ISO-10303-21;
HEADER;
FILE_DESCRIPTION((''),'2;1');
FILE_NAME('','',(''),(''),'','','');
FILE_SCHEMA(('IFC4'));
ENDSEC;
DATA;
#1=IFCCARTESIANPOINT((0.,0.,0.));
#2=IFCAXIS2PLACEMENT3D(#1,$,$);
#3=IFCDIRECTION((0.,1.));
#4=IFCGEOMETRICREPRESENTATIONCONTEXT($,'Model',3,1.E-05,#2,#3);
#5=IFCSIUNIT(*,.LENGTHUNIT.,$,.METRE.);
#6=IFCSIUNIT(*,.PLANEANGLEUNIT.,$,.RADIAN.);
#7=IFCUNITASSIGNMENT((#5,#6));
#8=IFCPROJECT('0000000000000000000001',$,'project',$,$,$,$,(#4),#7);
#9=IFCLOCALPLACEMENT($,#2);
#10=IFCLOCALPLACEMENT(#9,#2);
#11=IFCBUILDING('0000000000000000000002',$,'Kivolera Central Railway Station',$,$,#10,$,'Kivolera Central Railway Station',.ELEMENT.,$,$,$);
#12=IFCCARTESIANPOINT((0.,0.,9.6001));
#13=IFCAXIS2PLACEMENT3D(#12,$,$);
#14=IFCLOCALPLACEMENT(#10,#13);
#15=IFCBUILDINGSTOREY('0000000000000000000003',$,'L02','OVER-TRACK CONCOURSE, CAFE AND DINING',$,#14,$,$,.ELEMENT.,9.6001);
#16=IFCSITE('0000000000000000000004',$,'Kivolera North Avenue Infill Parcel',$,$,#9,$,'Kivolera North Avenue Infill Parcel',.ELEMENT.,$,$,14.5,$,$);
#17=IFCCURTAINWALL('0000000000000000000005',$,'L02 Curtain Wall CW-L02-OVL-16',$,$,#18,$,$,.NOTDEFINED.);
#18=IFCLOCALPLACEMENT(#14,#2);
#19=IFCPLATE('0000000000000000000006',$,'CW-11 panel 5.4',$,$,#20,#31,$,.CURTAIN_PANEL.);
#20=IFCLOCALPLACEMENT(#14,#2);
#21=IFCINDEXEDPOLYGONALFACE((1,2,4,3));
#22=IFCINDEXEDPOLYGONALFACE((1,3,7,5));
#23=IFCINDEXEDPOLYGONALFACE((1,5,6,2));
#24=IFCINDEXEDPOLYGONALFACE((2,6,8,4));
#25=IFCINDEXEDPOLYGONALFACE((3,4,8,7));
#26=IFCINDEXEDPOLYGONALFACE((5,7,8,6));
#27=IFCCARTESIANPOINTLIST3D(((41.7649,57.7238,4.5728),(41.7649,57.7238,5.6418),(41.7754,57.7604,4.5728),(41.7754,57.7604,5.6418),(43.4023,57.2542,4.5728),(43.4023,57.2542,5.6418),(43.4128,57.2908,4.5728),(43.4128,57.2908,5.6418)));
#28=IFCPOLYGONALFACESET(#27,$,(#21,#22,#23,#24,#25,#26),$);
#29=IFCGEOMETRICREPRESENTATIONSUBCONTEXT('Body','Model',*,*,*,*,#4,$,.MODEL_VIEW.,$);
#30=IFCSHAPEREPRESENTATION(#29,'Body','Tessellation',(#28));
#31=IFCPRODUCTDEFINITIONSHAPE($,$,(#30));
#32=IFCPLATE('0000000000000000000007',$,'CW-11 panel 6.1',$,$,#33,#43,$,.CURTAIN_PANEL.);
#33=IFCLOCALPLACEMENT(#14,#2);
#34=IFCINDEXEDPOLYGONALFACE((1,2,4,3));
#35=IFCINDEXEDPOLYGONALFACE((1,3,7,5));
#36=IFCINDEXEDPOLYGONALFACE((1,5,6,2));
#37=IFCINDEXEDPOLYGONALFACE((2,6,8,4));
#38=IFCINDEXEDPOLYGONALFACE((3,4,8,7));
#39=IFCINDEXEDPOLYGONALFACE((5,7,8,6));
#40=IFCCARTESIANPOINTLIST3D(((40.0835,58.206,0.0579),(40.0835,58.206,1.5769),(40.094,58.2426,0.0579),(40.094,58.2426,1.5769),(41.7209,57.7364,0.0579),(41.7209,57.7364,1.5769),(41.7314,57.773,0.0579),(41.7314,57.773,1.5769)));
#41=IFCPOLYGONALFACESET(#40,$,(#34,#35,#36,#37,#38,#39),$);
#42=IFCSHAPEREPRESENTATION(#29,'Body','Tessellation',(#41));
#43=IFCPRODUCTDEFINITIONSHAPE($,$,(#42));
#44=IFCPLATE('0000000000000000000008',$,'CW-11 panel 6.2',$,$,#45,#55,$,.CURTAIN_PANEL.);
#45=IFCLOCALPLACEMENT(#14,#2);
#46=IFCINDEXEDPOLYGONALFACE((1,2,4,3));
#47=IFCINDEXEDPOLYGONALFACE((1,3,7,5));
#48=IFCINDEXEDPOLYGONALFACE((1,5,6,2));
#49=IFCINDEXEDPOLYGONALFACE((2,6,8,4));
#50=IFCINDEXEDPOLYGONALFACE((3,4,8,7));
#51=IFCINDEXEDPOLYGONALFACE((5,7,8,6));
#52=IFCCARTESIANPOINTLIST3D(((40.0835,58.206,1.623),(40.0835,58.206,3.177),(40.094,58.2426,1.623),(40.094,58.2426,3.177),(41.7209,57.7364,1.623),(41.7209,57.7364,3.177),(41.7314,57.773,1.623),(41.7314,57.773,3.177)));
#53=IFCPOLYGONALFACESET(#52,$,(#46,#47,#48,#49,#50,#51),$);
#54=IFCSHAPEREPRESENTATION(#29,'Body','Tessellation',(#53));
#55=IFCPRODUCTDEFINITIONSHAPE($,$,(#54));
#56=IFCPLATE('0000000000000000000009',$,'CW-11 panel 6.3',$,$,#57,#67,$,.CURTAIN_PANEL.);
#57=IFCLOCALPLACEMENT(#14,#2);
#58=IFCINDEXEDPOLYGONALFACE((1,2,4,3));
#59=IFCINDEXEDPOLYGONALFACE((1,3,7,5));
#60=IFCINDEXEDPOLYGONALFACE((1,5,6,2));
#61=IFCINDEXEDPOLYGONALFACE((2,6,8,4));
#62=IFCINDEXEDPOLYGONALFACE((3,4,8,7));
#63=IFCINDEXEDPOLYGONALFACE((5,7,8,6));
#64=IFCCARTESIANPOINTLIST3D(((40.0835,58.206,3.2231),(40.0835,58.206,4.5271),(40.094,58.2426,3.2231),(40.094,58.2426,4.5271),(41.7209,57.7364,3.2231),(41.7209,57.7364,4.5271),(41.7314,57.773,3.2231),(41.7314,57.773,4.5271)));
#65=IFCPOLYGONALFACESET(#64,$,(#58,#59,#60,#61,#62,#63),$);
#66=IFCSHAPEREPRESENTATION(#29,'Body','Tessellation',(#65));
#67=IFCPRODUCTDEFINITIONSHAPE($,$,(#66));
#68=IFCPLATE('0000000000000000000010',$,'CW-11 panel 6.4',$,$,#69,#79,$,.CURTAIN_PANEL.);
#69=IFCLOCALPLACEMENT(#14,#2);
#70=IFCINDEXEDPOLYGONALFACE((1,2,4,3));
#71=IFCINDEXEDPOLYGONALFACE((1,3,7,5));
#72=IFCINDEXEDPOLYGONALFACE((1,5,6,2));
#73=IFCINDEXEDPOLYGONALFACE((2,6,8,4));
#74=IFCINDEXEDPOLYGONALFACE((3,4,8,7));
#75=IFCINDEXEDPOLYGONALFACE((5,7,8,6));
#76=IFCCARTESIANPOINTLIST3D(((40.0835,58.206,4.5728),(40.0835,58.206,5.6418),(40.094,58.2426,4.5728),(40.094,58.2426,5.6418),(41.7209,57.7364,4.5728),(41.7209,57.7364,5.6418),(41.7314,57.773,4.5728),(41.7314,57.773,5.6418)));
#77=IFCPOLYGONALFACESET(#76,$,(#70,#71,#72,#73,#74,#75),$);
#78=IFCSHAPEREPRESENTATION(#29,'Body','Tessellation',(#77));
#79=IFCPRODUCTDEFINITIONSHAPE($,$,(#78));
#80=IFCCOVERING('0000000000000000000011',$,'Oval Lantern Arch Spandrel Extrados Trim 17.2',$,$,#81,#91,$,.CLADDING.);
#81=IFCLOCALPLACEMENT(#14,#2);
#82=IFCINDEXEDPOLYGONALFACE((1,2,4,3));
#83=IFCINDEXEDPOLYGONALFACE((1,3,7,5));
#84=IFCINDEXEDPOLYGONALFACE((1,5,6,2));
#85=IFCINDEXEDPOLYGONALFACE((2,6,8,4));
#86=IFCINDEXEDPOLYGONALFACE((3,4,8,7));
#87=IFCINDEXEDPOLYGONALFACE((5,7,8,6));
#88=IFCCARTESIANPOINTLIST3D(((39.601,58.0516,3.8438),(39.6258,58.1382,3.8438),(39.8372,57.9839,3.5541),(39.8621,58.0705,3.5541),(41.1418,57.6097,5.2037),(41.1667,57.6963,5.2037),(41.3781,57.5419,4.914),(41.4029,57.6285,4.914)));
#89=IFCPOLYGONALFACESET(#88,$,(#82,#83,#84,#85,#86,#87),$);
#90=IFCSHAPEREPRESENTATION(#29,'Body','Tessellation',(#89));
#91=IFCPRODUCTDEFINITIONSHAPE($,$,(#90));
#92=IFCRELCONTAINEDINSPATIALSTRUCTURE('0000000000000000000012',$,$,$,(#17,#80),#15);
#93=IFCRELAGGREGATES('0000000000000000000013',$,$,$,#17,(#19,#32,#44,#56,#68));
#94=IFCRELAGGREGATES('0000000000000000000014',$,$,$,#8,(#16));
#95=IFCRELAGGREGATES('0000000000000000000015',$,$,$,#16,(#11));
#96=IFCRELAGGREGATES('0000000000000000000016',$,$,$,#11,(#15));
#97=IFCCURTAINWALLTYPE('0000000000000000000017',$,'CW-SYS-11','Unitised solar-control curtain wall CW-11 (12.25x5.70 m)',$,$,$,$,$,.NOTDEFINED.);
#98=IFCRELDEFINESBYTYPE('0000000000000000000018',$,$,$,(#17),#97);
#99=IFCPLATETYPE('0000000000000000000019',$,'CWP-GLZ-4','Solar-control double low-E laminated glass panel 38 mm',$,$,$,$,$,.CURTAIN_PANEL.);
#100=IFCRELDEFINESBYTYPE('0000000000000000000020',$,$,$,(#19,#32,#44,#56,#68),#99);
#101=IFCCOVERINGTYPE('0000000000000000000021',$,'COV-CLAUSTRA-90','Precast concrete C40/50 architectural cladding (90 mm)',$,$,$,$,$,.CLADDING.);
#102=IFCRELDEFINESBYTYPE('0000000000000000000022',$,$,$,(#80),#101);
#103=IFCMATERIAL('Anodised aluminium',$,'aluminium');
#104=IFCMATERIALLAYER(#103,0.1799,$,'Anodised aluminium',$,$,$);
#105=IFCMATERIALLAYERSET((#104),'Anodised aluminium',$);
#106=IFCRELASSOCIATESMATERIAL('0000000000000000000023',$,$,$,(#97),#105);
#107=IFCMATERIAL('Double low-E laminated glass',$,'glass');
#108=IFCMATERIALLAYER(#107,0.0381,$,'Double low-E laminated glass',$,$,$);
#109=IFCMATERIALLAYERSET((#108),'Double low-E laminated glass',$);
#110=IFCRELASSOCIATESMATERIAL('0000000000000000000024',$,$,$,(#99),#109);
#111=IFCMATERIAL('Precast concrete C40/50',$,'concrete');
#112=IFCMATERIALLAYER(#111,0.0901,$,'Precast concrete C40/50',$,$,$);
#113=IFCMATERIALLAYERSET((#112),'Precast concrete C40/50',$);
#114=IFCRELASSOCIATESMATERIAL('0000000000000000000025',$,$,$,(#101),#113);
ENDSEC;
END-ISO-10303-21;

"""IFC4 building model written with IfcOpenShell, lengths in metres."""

from ifc_helpers import new_model, si_unit, direction, frame, origin, origin_2d, place, context, subcontext, project, spatial, rectangle, extrude, material, layer, layer_set, type_object, element, aggregate, save


model = new_model("IFC4")

# Units and contexts
model_context = context("Model", 3, precision=1e-05, world=origin(), true_north=direction((0.0, 1.0)))
body_context = subcontext(model_context, "Body", "Model", "MODEL_VIEW")
ifc_project = project(units=[si_unit("LENGTHUNIT", "METRE"), si_unit("PLANEANGLEUNIT", "RADIAN")], contexts=[model_context])

# Site, building, storey
site_placement = place(None, origin())
site = spatial("IfcSite", under=ifc_project, at=site_placement, Name="Kivolera North Avenue Infill Parcel", LongName="Kivolera North Avenue Infill Parcel", CompositionType="ELEMENT", RefElevation=14.5)
building_placement = place(site_placement, origin())
building = spatial("IfcBuilding", under=site, at=building_placement, Name="Kivolera Central Railway Station", LongName="Kivolera Central Railway Station", CompositionType="ELEMENT")
storey_placement = place(building_placement, frame((0.0, 0.0, 9.6001)))
storey = spatial("IfcBuildingStorey", under=building, at=storey_placement, Name="L02", Description="OVER-TRACK CONCOURSE, CAFE AND DINING", CompositionType="ELEMENT", Elevation=9.6001)

# Curtain wall
ifc_material_1 = material(Name="Anodised aluminium", Category="aluminium")
ifc_layer_1 = layer(ifc_material_1, 0.1799, Name="Anodised aluminium")
ifc_layer_set_1 = layer_set([ifc_layer_1], Name="Anodised aluminium")
curtain_wall_type = type_object("IfcCurtainWallType", Name="CW-SYS-11", Description="Unitised solar-control curtain wall CW-11 (12.25x5.70 m)", PredefinedType="NOTDEFINED", material=ifc_layer_set_1)
curtain_wall_placement = place(storey_placement, origin())
curtain_wall = element("IfcCurtainWall", 1, at=curtain_wall_placement, inside=storey, type_object=curtain_wall_type, Name="L02 Curtain Wall CW-L02-OVL-16", PredefinedType="NOTDEFINED")

# Plates
ifc_material_2 = material(Name="Double low-E laminated glass", Category="glass")
ifc_layer_2 = layer(ifc_material_2, 0.0381, Name="Double low-E laminated glass")
ifc_layer_set_2 = layer_set([ifc_layer_2], Name="Double low-E laminated glass")
plate_type = type_object("IfcPlateType", Name="CWP-GLZ-4", Description="Solar-control double low-E laminated glass panel 38 mm", PredefinedType="CURTAIN_PANEL", material=ifc_layer_set_2)
plate_1_placement = place(storey_placement, frame((42.5889, 57.5073, 4.5728), z_axis=(0.0, 0.0, 1.0), x_axis=(-0.961246, 0.275692, 0.0)))
plate_1 = element("IfcPlate", 2, at=plate_1_placement, type_object=plate_type, Name="CW-11 panel 5.4", PredefinedType="CURTAIN_PANEL", context=body_context, shape_type="SweptSolid", body=[
    extrude(rectangle(XDim=1.7034, YDim=0.0381, at=origin_2d()), origin(), (0.0, 0.0, 1.0), 1.0691),
])
plate_2_placement = place(storey_placement, frame((40.9075, 57.9895, 0.0579), z_axis=(0.0, 0.0, 1.0), x_axis=(-0.961246, 0.275692, 0.0)))
plate_2 = element("IfcPlate", 3, at=plate_2_placement, type_object=plate_type, Name="CW-11 panel 6.1", PredefinedType="CURTAIN_PANEL", context=body_context, shape_type="SweptSolid", body=[
    extrude(rectangle(XDim=1.7034, YDim=0.0381, at=origin_2d()), origin(), (0.0, 0.0, 1.0), 1.519),
])
plate_3_placement = place(storey_placement, frame((40.9075, 57.9895, 1.623), z_axis=(0.0, 0.0, 1.0), x_axis=(-0.961246, 0.275692, 0.0)))
plate_3 = element("IfcPlate", 4, at=plate_3_placement, type_object=plate_type, Name="CW-11 panel 6.2", PredefinedType="CURTAIN_PANEL", context=body_context, shape_type="SweptSolid", body=[
    extrude(rectangle(XDim=1.7034, YDim=0.0381, at=origin_2d()), origin(), (0.0, 0.0, 1.0), 1.554),
])
plate_4_placement = place(storey_placement, frame((40.9075, 57.9895, 3.2231), z_axis=(0.0, 0.0, 1.0), x_axis=(-0.961246, 0.275692, 0.0)))
plate_4 = element("IfcPlate", 5, at=plate_4_placement, type_object=plate_type, Name="CW-11 panel 6.3", PredefinedType="CURTAIN_PANEL", context=body_context, shape_type="SweptSolid", body=[
    extrude(rectangle(XDim=1.7034, YDim=0.0381, at=origin_2d()), origin(), (0.0, 0.0, 1.0), 1.304),
])
plate_5_placement = place(storey_placement, frame((40.9075, 57.9895, 4.5728), z_axis=(0.0, 0.0, 1.0), x_axis=(-0.961246, 0.275692, 0.0)))
plate_5 = element("IfcPlate", 6, at=plate_5_placement, type_object=plate_type, Name="CW-11 panel 6.4", PredefinedType="CURTAIN_PANEL", context=body_context, shape_type="SweptSolid", body=[
    extrude(rectangle(XDim=1.7034, YDim=0.0381, at=origin_2d()), origin(), (0.0, 0.0, 1.0), 1.0691),
])
aggregate(curtain_wall, [plate_1, plate_2, plate_3, plate_4, plate_5])

# Covering
ifc_material_3 = material(Name="Precast concrete C40/50", Category="concrete")
ifc_layer_3 = layer(ifc_material_3, 0.0901, Name="Precast concrete C40/50")
ifc_layer_set_3 = layer_set([ifc_layer_3], Name="Precast concrete C40/50")
covering_type = type_object("IfcCoveringType", Name="COV-CLAUSTRA-90", Description="Precast concrete C40/50 architectural cladding (90 mm)", PredefinedType="CLADDING", material=ifc_layer_set_3)
covering_placement = place(storey_placement, frame((40.502, 57.8401, 4.3789), z_axis=(0.733008, -0.210246, 0.646912), x_axis=(-0.275632, -0.961263, 0.0)))
element("IfcCovering", 7, at=covering_placement, inside=storey, type_object=covering_type, Name="Oval Lantern Arch Spandrel Extrados Trim 17.2", PredefinedType="CLADDING", context=body_context, shape_type="SweptSolid", body=[
    extrude(rectangle(XDim=0.0901, YDim=0.3799, at=origin_2d()), frame((0.0, 0.0, -1.051)), (0.0, 0.0, 1.0), 2.1021),
])

save(model, "model.ifc")
